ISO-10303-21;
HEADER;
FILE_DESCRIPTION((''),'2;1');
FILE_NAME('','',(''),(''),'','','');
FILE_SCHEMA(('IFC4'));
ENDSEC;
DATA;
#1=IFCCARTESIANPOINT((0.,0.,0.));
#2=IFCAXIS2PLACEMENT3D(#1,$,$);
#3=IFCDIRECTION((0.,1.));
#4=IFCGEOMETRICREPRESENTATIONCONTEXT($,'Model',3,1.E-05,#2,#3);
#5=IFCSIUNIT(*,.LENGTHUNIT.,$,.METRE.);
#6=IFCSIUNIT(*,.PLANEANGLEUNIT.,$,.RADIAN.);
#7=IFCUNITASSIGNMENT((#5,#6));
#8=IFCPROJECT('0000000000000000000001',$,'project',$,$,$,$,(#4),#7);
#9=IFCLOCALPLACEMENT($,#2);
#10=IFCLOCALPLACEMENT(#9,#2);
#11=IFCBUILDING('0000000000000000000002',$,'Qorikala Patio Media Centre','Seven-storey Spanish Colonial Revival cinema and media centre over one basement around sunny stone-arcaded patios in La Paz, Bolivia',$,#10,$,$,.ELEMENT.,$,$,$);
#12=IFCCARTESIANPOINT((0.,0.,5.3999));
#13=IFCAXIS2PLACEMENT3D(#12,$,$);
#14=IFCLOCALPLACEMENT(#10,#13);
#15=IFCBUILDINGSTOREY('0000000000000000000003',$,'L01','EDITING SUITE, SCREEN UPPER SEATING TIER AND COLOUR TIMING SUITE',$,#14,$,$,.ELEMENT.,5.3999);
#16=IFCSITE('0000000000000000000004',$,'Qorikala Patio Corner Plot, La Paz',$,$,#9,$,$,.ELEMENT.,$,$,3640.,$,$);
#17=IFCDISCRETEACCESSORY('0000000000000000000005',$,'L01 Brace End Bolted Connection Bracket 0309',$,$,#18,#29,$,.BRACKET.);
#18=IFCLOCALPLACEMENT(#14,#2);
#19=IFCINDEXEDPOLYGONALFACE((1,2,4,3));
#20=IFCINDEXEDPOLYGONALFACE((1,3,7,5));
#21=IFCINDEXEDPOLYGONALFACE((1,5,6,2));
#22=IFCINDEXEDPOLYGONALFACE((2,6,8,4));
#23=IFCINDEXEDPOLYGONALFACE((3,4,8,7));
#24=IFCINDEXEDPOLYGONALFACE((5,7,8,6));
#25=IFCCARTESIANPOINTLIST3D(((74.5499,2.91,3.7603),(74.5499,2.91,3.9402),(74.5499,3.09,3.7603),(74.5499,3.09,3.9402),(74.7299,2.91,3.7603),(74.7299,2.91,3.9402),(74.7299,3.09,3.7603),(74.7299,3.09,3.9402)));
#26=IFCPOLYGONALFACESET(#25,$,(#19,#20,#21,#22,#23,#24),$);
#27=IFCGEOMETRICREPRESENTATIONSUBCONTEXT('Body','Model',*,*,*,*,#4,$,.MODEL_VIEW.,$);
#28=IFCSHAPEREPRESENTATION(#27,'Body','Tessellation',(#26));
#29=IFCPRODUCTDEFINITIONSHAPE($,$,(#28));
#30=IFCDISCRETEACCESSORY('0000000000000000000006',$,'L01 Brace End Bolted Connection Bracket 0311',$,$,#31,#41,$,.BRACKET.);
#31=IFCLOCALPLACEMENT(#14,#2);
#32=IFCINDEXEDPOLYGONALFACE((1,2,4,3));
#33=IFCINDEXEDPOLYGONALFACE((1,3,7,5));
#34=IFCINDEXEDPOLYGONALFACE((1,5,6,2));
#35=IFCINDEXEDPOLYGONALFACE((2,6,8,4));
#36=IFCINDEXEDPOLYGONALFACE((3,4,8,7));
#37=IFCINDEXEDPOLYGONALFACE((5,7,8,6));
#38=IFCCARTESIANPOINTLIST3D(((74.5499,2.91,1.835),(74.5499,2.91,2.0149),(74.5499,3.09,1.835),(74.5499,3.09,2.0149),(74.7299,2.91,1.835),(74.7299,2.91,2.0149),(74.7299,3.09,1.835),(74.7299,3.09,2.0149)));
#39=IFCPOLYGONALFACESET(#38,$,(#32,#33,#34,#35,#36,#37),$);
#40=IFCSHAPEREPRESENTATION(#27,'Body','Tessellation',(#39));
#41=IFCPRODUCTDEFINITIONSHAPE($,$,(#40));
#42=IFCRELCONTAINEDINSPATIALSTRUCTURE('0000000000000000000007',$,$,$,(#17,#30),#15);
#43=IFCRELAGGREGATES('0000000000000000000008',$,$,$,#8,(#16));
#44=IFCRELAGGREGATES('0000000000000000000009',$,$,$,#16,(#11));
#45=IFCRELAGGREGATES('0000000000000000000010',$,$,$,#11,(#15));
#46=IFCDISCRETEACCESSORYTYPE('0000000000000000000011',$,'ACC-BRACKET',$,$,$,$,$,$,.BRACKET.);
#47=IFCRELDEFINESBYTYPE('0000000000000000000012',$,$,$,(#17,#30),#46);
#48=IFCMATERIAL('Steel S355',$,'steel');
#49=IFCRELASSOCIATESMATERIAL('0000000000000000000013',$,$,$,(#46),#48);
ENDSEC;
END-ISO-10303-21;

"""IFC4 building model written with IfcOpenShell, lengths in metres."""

from ifc_helpers import new_model, si_unit, direction, frame, origin, origin_2d, place, context, subcontext, project, spatial, rectangle, extrude, material, type_object, element, save


model = new_model("IFC4")

# Units and contexts
model_context = context("Model", 3, precision=1e-05, world=origin(), true_north=direction((0.0, 1.0)))
body_context = subcontext(model_context, "Body", "Model", "MODEL_VIEW")
ifc_project = project(units=[si_unit("LENGTHUNIT", "METRE"), si_unit("PLANEANGLEUNIT", "RADIAN")], contexts=[model_context])

# Site, building, storey
site_placement = place(None, origin())
site = spatial("IfcSite", under=ifc_project, at=site_placement, Name="Qorikala Patio Corner Plot, La Paz", CompositionType="ELEMENT", RefElevation=3640.0)
building_placement = place(site_placement, origin())
building = spatial("IfcBuilding", under=site, at=building_placement, Name="Qorikala Patio Media Centre", Description="Seven-storey Spanish Colonial Revival cinema and media centre over one basement around sunny stone-arcaded patios in La Paz, Bolivia", CompositionType="ELEMENT")
storey_placement = place(building_placement, frame((0.0, 0.0, 5.3999)))
storey = spatial("IfcBuildingStorey", under=building, at=storey_placement, Name="L01", Description="EDITING SUITE, SCREEN UPPER SEATING TIER AND COLOUR TIMING SUITE", CompositionType="ELEMENT", Elevation=5.3999)

# Discrete accessories
ifc_material_1 = material(Name="Steel S355", Category="steel")
discrete_accessory_type = type_object("IfcDiscreteAccessoryType", Name="ACC-BRACKET", PredefinedType="BRACKET", material=ifc_material_1)
for number, where, z_axis, x_axis, name in (
    (1, (74.6399, 3.0, 3.7603), (0.0, 0.0, 1.0), (1.0, 0.0, 0.0), "L01 Brace End Bolted Connection Bracket 0309"),
    (2, (74.6399, 3.0, 1.835), (0.0, 0.0, 1.0), (1.0, 0.0, 0.0), "L01 Brace End Bolted Connection Bracket 0311"),
):
    element("IfcDiscreteAccessory", number, at=place(storey_placement, frame(where, z_axis=z_axis, x_axis=x_axis)), inside=storey, type_object=discrete_accessory_type, Name=name, PredefinedType="BRACKET", context=body_context, shape_type="SweptSolid", body=[
        extrude(rectangle(XDim=0.1799, YDim=0.1799, at=origin_2d()), origin(), (0.0, 0.0, 1.0), 0.1799),
    ])

save(model, "model.ifc")
